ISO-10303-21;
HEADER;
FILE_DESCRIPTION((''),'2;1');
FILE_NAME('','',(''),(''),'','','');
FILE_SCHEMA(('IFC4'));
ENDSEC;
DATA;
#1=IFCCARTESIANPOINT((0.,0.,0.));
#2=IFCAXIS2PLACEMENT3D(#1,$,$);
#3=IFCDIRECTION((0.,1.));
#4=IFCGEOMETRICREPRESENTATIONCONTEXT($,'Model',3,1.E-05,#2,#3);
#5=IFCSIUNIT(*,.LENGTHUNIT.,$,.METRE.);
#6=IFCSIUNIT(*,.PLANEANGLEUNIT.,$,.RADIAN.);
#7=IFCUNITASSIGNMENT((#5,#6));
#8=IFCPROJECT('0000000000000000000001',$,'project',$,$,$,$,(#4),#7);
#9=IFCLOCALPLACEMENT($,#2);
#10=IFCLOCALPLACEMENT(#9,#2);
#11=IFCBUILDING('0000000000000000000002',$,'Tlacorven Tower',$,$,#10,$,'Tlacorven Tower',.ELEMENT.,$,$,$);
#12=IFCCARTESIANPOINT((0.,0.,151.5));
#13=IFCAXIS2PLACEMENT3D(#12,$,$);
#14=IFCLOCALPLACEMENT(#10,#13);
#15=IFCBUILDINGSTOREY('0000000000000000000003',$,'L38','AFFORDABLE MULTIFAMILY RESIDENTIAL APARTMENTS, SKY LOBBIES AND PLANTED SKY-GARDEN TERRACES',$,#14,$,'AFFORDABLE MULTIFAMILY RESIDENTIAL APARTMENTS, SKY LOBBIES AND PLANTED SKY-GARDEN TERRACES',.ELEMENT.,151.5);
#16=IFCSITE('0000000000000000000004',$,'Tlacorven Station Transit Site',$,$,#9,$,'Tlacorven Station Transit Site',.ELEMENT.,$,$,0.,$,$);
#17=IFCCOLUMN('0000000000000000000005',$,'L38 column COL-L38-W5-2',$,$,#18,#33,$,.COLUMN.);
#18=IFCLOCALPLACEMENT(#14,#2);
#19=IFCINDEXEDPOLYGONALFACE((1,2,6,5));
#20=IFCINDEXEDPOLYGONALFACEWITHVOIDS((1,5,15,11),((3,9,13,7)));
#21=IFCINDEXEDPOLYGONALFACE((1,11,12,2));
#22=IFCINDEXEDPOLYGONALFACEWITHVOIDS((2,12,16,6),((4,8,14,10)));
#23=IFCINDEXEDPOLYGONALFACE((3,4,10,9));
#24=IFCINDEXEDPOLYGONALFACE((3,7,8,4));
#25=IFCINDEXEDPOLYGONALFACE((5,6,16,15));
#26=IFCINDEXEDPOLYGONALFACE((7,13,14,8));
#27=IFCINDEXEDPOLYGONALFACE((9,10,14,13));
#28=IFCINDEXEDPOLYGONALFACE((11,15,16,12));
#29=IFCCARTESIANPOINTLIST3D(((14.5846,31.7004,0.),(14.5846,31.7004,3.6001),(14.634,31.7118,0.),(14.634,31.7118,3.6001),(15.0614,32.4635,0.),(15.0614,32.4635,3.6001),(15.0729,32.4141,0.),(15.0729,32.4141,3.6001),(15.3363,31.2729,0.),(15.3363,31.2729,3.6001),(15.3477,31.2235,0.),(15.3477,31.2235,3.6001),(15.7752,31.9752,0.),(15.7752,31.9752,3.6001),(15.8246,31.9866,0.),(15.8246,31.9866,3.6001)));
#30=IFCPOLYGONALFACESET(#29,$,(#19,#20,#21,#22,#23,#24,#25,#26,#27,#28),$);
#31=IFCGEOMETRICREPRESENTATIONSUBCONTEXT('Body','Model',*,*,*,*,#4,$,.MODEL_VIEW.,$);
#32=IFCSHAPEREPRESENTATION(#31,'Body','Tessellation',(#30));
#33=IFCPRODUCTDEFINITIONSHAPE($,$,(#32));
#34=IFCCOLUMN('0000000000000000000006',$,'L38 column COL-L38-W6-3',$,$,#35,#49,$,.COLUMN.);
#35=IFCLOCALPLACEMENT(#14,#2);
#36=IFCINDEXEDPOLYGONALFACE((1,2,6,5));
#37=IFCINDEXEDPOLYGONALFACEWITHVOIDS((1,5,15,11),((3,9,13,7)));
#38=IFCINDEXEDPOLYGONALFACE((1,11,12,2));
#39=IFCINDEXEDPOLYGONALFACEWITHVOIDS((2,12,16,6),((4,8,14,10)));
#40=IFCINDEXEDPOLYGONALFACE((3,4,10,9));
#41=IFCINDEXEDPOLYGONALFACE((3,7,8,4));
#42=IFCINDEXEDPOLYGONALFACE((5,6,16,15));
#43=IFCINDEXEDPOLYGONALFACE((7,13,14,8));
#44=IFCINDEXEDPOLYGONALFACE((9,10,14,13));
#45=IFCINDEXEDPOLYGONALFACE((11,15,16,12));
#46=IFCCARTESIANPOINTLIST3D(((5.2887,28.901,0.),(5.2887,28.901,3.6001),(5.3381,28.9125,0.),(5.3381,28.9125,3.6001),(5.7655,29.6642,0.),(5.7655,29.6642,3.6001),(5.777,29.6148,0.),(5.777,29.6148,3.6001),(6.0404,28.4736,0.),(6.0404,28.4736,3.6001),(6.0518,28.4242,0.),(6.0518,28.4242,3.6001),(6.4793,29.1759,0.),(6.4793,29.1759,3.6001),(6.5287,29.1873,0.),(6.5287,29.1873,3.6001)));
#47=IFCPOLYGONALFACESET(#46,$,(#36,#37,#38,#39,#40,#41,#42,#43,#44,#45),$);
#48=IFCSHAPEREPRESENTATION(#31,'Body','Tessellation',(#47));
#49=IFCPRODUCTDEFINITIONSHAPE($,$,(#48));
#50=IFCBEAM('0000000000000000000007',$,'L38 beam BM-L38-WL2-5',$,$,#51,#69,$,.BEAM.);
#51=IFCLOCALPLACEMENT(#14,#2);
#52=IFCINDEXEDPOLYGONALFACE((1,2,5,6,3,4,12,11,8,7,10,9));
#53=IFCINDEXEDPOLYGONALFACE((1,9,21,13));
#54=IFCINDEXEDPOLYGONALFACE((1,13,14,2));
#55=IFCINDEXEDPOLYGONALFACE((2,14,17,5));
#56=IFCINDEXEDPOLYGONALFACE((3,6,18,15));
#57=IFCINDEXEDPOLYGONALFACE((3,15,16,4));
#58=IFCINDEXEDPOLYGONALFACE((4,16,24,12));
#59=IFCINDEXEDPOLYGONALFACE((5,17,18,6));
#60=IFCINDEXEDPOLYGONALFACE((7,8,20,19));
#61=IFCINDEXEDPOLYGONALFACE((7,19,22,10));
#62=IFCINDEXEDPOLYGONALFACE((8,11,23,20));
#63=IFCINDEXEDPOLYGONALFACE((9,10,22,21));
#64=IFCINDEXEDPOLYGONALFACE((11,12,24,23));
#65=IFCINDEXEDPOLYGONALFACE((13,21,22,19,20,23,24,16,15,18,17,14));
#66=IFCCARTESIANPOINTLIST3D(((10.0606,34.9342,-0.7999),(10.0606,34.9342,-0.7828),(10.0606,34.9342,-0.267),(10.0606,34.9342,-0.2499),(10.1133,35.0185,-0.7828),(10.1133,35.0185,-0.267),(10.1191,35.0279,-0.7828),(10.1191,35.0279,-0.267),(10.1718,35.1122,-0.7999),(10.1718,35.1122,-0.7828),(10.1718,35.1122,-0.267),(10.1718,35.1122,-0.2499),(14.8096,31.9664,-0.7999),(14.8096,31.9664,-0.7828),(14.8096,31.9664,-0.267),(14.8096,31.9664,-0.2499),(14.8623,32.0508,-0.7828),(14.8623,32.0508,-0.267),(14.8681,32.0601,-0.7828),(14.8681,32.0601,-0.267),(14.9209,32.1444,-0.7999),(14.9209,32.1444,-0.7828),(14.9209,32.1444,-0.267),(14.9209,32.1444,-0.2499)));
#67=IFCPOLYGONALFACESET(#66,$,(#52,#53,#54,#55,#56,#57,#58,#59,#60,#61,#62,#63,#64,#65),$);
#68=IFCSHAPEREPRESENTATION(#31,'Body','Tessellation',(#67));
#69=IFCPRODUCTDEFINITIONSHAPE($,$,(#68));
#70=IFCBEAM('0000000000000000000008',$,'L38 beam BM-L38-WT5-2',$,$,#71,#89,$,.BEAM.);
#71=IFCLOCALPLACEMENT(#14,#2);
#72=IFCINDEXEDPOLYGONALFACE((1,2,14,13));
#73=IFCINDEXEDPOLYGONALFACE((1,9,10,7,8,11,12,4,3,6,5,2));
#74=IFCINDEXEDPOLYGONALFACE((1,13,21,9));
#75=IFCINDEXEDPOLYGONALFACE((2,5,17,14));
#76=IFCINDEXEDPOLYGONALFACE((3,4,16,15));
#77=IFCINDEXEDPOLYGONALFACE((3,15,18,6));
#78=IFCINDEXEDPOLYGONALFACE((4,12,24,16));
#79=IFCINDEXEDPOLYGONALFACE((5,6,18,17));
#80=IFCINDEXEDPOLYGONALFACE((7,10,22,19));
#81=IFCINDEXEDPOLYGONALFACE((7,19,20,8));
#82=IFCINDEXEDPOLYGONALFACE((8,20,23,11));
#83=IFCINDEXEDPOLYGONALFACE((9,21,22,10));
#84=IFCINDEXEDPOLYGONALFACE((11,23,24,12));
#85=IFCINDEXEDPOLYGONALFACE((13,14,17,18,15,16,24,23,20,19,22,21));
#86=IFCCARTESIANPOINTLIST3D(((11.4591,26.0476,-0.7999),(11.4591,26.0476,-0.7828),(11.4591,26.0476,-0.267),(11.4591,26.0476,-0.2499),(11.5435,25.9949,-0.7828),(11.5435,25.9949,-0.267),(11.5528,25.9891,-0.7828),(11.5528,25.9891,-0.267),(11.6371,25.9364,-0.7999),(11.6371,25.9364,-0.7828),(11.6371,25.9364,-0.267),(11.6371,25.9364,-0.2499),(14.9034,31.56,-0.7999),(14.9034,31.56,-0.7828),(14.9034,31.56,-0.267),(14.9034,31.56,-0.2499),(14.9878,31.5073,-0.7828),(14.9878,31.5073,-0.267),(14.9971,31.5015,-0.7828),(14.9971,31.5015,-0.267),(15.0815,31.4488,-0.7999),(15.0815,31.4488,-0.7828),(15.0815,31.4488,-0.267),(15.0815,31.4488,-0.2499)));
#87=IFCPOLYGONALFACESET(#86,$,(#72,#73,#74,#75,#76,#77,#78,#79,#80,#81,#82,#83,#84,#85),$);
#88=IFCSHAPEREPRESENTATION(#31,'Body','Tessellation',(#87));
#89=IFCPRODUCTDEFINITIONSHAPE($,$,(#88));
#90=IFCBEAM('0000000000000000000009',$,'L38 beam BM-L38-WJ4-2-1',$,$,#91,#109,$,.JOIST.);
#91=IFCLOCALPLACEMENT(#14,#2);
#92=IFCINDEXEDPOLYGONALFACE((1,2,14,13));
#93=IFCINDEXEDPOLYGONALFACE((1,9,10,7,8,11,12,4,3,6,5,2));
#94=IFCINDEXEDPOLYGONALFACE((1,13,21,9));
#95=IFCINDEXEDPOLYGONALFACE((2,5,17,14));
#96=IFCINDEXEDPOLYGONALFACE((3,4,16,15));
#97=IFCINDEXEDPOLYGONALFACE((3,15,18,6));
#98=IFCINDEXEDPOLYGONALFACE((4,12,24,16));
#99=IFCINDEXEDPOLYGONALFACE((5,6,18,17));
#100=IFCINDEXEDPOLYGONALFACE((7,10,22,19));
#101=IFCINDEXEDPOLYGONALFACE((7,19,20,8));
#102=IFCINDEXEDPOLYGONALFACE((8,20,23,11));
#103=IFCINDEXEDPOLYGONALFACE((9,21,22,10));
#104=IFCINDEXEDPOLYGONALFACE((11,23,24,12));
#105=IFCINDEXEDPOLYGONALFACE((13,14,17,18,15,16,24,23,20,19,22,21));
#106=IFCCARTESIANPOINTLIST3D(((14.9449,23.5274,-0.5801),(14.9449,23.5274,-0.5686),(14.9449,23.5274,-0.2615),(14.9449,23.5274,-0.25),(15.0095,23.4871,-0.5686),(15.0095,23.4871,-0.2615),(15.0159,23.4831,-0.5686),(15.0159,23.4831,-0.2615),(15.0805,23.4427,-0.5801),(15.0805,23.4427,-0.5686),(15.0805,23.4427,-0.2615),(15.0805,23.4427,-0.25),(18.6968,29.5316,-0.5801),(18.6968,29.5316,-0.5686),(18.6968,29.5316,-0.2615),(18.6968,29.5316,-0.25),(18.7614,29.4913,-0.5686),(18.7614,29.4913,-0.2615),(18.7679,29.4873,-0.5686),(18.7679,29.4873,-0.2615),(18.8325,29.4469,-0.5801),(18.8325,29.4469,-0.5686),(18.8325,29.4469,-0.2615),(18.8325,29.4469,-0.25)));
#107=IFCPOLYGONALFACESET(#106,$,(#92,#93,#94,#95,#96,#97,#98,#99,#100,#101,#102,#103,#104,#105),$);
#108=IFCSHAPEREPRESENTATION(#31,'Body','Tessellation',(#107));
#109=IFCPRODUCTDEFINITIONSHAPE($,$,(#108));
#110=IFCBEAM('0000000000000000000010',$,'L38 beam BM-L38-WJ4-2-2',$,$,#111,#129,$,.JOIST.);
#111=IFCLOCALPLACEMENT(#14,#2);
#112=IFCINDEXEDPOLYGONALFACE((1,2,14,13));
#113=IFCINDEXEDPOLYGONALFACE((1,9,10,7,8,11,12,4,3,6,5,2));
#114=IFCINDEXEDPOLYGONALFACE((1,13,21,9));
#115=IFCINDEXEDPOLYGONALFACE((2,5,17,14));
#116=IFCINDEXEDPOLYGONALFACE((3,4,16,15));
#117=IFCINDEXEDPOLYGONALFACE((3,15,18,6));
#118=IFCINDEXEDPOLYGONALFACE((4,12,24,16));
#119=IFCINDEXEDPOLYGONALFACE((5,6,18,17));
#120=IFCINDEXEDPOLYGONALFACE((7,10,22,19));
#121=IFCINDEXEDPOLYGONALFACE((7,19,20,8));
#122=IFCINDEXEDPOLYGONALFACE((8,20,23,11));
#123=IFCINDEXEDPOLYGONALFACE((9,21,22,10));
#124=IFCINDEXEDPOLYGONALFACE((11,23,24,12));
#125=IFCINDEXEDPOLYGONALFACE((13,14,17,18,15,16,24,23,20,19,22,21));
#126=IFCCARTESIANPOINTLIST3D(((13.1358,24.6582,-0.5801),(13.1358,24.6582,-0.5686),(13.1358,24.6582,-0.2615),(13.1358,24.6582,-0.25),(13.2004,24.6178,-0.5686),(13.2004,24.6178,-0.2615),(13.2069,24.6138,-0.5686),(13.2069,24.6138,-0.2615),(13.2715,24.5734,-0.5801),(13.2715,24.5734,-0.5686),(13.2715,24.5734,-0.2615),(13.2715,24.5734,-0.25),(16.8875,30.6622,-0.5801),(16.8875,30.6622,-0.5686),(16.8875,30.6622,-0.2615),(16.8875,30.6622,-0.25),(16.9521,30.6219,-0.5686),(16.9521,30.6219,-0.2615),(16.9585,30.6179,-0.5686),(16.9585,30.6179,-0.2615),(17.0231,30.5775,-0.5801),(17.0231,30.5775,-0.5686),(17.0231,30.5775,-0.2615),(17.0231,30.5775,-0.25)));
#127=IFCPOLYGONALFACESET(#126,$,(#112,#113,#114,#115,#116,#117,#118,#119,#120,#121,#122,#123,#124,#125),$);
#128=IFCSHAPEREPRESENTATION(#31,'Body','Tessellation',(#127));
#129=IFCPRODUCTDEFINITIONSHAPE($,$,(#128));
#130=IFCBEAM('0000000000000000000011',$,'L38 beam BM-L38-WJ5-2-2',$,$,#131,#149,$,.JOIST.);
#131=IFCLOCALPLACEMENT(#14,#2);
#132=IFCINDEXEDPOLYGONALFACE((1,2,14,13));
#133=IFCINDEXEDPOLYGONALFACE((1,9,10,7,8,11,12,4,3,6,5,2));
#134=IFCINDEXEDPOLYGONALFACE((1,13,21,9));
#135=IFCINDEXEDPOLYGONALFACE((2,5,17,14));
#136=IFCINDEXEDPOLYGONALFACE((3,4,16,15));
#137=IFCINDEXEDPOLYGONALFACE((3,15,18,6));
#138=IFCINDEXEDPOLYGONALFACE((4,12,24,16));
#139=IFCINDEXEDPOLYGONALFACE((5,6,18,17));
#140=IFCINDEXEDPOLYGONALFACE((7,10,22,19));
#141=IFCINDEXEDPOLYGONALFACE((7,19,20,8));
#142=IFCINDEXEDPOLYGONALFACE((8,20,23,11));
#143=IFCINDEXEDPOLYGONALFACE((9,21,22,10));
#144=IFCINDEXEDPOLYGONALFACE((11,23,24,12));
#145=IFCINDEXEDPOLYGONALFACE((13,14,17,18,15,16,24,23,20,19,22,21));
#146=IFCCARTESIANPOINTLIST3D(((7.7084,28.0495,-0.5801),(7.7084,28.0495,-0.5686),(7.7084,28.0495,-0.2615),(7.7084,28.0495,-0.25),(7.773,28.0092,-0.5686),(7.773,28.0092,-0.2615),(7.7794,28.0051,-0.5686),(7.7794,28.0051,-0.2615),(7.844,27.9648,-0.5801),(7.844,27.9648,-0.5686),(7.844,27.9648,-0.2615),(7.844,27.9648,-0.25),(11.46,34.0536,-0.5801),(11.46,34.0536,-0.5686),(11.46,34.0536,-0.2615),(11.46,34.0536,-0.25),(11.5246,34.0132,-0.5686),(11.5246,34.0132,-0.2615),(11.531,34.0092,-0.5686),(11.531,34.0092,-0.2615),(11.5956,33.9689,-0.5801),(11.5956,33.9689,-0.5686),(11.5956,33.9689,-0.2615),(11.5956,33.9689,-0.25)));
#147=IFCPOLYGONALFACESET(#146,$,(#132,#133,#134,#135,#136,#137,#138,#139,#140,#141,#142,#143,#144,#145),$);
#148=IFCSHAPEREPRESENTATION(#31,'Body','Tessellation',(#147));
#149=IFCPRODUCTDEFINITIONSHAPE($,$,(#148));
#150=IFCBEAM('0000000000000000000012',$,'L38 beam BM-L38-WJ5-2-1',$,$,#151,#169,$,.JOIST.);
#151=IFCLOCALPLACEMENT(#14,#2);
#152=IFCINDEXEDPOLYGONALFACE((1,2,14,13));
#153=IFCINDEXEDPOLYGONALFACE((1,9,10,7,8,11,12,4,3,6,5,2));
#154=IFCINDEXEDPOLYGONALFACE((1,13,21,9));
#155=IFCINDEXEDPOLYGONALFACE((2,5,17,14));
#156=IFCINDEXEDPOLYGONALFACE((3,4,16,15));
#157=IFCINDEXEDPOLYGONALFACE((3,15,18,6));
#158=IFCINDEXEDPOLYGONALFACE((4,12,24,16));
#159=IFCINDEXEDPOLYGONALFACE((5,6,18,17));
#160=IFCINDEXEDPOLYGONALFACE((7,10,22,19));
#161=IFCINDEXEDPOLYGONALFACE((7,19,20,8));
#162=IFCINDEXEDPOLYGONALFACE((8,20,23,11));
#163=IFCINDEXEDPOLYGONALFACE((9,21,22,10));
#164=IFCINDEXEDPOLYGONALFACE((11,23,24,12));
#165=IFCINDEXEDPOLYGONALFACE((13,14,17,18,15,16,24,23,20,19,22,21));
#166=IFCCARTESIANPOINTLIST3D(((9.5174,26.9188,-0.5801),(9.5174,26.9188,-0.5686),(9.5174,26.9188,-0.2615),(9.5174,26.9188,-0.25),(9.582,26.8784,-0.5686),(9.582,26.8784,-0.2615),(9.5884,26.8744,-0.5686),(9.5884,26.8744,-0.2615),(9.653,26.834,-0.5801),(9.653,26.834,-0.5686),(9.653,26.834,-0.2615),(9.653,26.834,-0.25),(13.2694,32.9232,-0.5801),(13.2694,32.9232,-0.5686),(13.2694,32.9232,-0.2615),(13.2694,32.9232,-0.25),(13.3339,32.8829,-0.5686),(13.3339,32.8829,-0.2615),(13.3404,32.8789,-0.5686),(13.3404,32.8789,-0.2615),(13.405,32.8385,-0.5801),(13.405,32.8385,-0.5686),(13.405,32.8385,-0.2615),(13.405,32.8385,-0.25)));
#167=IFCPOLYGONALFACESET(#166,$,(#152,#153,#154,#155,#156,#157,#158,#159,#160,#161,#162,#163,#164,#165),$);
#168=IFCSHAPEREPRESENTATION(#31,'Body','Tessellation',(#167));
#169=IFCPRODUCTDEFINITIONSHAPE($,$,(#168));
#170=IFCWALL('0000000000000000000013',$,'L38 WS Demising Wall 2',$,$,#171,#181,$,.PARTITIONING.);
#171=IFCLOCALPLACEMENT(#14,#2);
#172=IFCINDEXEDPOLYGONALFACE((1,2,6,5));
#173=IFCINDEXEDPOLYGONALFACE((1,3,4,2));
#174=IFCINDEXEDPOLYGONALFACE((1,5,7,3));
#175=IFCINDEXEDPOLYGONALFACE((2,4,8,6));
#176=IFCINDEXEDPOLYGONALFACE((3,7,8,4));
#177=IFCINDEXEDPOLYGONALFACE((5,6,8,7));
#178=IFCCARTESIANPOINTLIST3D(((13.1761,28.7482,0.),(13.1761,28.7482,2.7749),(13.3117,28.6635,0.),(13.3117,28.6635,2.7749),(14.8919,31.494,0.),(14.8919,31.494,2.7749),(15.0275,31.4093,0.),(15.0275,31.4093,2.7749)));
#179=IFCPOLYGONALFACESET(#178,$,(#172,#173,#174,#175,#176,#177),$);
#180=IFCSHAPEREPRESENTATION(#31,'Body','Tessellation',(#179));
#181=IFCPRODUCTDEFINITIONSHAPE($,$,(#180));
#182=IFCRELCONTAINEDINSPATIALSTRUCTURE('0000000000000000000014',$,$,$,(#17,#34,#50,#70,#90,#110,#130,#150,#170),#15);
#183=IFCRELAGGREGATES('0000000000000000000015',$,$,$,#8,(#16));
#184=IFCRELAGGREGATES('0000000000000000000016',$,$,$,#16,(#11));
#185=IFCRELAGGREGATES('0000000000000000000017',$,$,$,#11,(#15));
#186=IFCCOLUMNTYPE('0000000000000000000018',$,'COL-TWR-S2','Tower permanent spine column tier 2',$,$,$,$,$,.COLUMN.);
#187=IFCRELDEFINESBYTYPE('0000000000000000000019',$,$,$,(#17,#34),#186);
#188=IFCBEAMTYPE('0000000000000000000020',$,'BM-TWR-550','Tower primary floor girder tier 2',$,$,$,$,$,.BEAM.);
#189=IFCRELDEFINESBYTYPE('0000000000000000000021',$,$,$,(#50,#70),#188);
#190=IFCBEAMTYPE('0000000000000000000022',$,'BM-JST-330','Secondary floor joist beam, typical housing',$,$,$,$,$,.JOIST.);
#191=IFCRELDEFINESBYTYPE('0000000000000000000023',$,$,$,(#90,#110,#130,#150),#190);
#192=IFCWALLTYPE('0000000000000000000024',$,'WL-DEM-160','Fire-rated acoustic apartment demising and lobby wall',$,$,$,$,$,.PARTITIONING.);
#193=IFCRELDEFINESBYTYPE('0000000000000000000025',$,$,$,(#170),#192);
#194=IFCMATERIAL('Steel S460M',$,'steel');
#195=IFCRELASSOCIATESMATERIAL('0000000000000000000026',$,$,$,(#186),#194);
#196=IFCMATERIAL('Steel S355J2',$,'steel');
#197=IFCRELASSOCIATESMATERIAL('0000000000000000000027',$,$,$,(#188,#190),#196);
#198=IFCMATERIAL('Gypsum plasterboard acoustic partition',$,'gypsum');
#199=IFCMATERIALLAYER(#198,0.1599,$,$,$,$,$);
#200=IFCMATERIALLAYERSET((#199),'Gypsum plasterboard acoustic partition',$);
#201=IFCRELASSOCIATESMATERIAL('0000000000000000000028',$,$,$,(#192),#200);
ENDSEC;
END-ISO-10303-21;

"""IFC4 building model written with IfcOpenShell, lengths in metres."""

from ifc_helpers import new_model, si_unit, direction, frame, frame_2d, origin, origin_2d, place, context, subcontext, project, spatial, rectangle, hollow_rectangle, i_section, extrude, source, transform, mapped, material, layer, layer_set, material_profile, profile_set, type_object, element, save


model = new_model("IFC4")

# Units and contexts
model_context = context("Model", 3, precision=1e-05, world=origin(), true_north=direction((0.0, 1.0)))
body_context = subcontext(model_context, "Body", "Model", "MODEL_VIEW")
ifc_project = project(units=[si_unit("LENGTHUNIT", "METRE"), si_unit("PLANEANGLEUNIT", "RADIAN")], contexts=[model_context])

# Site, building, storey
site_placement = place(None, origin())
site = spatial("IfcSite", under=ifc_project, at=site_placement, Name="Tlacorven Station Transit Site", LongName="Tlacorven Station Transit Site", CompositionType="ELEMENT", RefElevation=0.0)
building_placement = place(site_placement, origin())
building = spatial("IfcBuilding", under=site, at=building_placement, Name="Tlacorven Tower", LongName="Tlacorven Tower", CompositionType="ELEMENT")
storey_placement = place(building_placement, frame((0.0, 0.0, 151.5)))
storey = spatial("IfcBuildingStorey", under=building, at=storey_placement, Name="L38", Description="AFFORDABLE MULTIFAMILY RESIDENTIAL APARTMENTS, SKY LOBBIES AND PLANTED SKY-GARDEN TERRACES", LongName="AFFORDABLE MULTIFAMILY RESIDENTIAL APARTMENTS, SKY LOBBIES AND PLANTED SKY-GARDEN TERRACES", CompositionType="ELEMENT", Elevation=151.5)

# Columns
ifc_material_1 = material(Name="Steel S460M", Category="steel")
ifc_material_profile_1 = material_profile(ifc_material_1, hollow_rectangle(XDim=0.8999, YDim=0.8999, WallThickness=0.0359, at=origin_2d()), Name="BOX 900X900X36")
ifc_profile_set_1 = profile_set([ifc_material_profile_1], Name="Steel S460M")
column_type = type_object("IfcColumnType", Name="COL-TWR-S2", Description="Tower permanent spine column tier 2", PredefinedType="COLUMN", material=ifc_profile_set_1)
shared_shape_1 = source(origin(), body_context, "Body", "SweptSolid", [
    extrude(hollow_rectangle(XDim=0.8999, YDim=0.8999, WallThickness=0.0359, at=origin_2d()), origin(), (0.0, 0.0, 1.0), 3.6001),
])
for number, where, z_axis, x_axis, name in (
    (1, (15.2046, 31.8435, 0.0), (0.0, 0.0, 1.0), (-0.848048, 0.529919, 0.0), "L38 column COL-L38-W5-2"),
    (2, (5.9087, 29.0442, 0.0), (0.0, 0.0, 1.0), (-0.848048, 0.529919, 0.0), "L38 column COL-L38-W6-3"),
):
    element("IfcColumn", number, at=place(storey_placement, frame(where, z_axis=z_axis, x_axis=x_axis)), inside=storey, type_object=column_type, Name=name, PredefinedType="COLUMN", context=body_context, shape_type="MappedRepresentation", body=[
        mapped(shared_shape_1, transform((0.0, 0.0, 0.0), scale=1.0)),
    ])

# Beams
ifc_material_2 = material(Name="Steel S355J2", Category="steel")
ifc_material_profile_2 = material_profile(ifc_material_2, i_section(OverallWidth=0.21, OverallDepth=0.55, WebThickness=0.011, FlangeThickness=0.0171, at=origin_2d()), Name="IPE 550")
ifc_profile_set_2 = profile_set([ifc_material_profile_2], Name="Steel S355J2")
beam_type_1 = type_object("IfcBeamType", Name="BM-TWR-550", Description="Tower primary floor girder tier 2", PredefinedType="BEAM", material=ifc_profile_set_2)
shared_shape_2 = source(origin(), body_context, "Body", "SweptSolid", [
    extrude(i_section(OverallWidth=0.21, OverallDepth=0.55, WebThickness=0.011, FlangeThickness=0.0171, at=origin_2d()), origin(), (0.0, 0.0, 1.0), 5.6001),
])
beam_1_placement = place(storey_placement, frame((14.8652, 32.0554, -0.5249), z_axis=(-0.848028, 0.529952, 0.0), x_axis=(-0.529952, -0.848028, 0.0)))
element("IfcBeam", 3, at=beam_1_placement, inside=storey, type_object=beam_type_1, Name="L38 beam BM-L38-WL2-5", PredefinedType="BEAM", context=body_context, shape_type="MappedRepresentation", body=[
    mapped(shared_shape_2, transform((0.0, 0.0, 0.0), scale=1.0)),
])
shared_shape_3 = source(origin(), body_context, "Body", "SweptSolid", [
    extrude(i_section(OverallWidth=0.21, OverallDepth=0.55, WebThickness=0.011, FlangeThickness=0.0171, at=origin_2d()), origin(), (0.0, 0.0, 1.0), 6.5),
])
beam_2_placement = place(storey_placement, frame((14.9924, 31.5044, -0.5249), z_axis=(-0.529894, -0.848064, 0.0), x_axis=(0.848064, -0.529894, 0.0)))
element("IfcBeam", 4, at=beam_2_placement, inside=storey, type_object=beam_type_1, Name="L38 beam BM-L38-WT5-2", PredefinedType="BEAM", context=body_context, shape_type="MappedRepresentation", body=[
    mapped(shared_shape_3, transform((0.0, 0.0, 0.0), scale=1.0)),
])
ifc_material_profile_3 = material_profile(ifc_material_2, i_section(OverallWidth=0.1599, OverallDepth=0.3301, WebThickness=0.0076, FlangeThickness=0.0115, at=origin_2d()), Name="IPE 330")
ifc_profile_set_3 = profile_set([ifc_material_profile_3], Name="Steel S355J2")
beam_type_2 = type_object("IfcBeamType", Name="BM-JST-330", Description="Secondary floor joist beam, typical housing", PredefinedType="JOIST", material=ifc_profile_set_3)
shared_shape_4 = source(origin(), body_context, "Body", "SweptSolid", [
    extrude(i_section(OverallWidth=0.1599, OverallDepth=0.3301, WebThickness=0.0076, FlangeThickness=0.0115, at=origin_2d()), origin(), (0.0, 0.0, 1.0), 7.0801),
])
beam_3_placement = place(storey_placement, frame((18.7646, 29.4893, -0.415), z_axis=(-0.529934, -0.848039, 0.0), x_axis=(0.848039, -0.529934, 0.0)))
element("IfcBeam", 5, at=beam_3_placement, inside=storey, type_object=beam_type_2, Name="L38 beam BM-L38-WJ4-2-1", PredefinedType="JOIST", context=body_context, shape_type="MappedRepresentation", body=[
    mapped(shared_shape_4, transform((0.0, 0.0, 0.0), scale=1.0)),
])
shared_shape_5 = source(origin(), body_context, "Body", "SweptSolid", [
    extrude(i_section(OverallWidth=0.1599, OverallDepth=0.3301, WebThickness=0.0076, FlangeThickness=0.0115, at=origin_2d()), origin(), (0.0, 0.0, 1.0), 7.0798),
])
for number, where, z_axis, x_axis, name in (
    (6, (16.9553, 30.6199, -0.415), (-0.529909, -0.848054, 0.0), (0.848054, -0.529909, 0.0), "L38 beam BM-L38-WJ4-2-2"),
    (7, (11.5278, 34.0112, -0.415), (-0.529909, -0.848054, 0.0), (0.848054, -0.529909, 0.0), "L38 beam BM-L38-WJ5-2-2"),
):
    element("IfcBeam", number, at=place(storey_placement, frame(where, z_axis=z_axis, x_axis=x_axis)), inside=storey, type_object=beam_type_2, Name=name, PredefinedType="JOIST", context=body_context, shape_type="MappedRepresentation", body=[
        mapped(shared_shape_5, transform((0.0, 0.0, 0.0), scale=1.0)),
    ])
shared_shape_6 = source(origin(), body_context, "Body", "SweptSolid", [
    extrude(i_section(OverallWidth=0.1599, OverallDepth=0.3301, WebThickness=0.0076, FlangeThickness=0.0115, at=origin_2d()), origin(), (0.0, 0.0, 1.0), 7.0803),
])
beam_4_placement = place(storey_placement, frame((13.3372, 32.8809, -0.415), z_axis=(-0.529918, -0.848049, 0.0), x_axis=(0.848049, -0.529918, 0.0)))
element("IfcBeam", 8, at=beam_4_placement, inside=storey, type_object=beam_type_2, Name="L38 beam BM-L38-WJ5-2-1", PredefinedType="JOIST", context=body_context, shape_type="MappedRepresentation", body=[
    mapped(shared_shape_6, transform((0.0, 0.0, 0.0), scale=1.0)),
])

# Wall
ifc_material_3 = material(Name="Gypsum plasterboard acoustic partition", Category="gypsum")
ifc_layer_1 = layer(ifc_material_3, 0.1599)
ifc_layer_set_1 = layer_set([ifc_layer_1], Name="Gypsum plasterboard acoustic partition")
wall_type_1 = type_object("IfcWallType", Name="WL-DEM-160", Description="Fire-rated acoustic apartment demising and lobby wall", PredefinedType="PARTITIONING", material=ifc_layer_set_1)
wall_1_placement = place(storey_placement, frame((14.9597, 31.4517, 0.0), z_axis=(0.0, 0.0, 1.0), x_axis=(-0.529924, -0.848045, 0.0)))
element("IfcWall", 9, at=wall_1_placement, inside=storey, type_object=wall_type_1, Name="L38 WS Demising Wall 2", PredefinedType="PARTITIONING", context=body_context, shape_type="SweptSolid", body=[
    extrude(rectangle(XDim=3.2378, YDim=0.1599, at=frame_2d((1.6189, 0.0))), origin(), (0.0, 0.0, 1.0), 2.7749),
])

save(model, "model.ifc")
